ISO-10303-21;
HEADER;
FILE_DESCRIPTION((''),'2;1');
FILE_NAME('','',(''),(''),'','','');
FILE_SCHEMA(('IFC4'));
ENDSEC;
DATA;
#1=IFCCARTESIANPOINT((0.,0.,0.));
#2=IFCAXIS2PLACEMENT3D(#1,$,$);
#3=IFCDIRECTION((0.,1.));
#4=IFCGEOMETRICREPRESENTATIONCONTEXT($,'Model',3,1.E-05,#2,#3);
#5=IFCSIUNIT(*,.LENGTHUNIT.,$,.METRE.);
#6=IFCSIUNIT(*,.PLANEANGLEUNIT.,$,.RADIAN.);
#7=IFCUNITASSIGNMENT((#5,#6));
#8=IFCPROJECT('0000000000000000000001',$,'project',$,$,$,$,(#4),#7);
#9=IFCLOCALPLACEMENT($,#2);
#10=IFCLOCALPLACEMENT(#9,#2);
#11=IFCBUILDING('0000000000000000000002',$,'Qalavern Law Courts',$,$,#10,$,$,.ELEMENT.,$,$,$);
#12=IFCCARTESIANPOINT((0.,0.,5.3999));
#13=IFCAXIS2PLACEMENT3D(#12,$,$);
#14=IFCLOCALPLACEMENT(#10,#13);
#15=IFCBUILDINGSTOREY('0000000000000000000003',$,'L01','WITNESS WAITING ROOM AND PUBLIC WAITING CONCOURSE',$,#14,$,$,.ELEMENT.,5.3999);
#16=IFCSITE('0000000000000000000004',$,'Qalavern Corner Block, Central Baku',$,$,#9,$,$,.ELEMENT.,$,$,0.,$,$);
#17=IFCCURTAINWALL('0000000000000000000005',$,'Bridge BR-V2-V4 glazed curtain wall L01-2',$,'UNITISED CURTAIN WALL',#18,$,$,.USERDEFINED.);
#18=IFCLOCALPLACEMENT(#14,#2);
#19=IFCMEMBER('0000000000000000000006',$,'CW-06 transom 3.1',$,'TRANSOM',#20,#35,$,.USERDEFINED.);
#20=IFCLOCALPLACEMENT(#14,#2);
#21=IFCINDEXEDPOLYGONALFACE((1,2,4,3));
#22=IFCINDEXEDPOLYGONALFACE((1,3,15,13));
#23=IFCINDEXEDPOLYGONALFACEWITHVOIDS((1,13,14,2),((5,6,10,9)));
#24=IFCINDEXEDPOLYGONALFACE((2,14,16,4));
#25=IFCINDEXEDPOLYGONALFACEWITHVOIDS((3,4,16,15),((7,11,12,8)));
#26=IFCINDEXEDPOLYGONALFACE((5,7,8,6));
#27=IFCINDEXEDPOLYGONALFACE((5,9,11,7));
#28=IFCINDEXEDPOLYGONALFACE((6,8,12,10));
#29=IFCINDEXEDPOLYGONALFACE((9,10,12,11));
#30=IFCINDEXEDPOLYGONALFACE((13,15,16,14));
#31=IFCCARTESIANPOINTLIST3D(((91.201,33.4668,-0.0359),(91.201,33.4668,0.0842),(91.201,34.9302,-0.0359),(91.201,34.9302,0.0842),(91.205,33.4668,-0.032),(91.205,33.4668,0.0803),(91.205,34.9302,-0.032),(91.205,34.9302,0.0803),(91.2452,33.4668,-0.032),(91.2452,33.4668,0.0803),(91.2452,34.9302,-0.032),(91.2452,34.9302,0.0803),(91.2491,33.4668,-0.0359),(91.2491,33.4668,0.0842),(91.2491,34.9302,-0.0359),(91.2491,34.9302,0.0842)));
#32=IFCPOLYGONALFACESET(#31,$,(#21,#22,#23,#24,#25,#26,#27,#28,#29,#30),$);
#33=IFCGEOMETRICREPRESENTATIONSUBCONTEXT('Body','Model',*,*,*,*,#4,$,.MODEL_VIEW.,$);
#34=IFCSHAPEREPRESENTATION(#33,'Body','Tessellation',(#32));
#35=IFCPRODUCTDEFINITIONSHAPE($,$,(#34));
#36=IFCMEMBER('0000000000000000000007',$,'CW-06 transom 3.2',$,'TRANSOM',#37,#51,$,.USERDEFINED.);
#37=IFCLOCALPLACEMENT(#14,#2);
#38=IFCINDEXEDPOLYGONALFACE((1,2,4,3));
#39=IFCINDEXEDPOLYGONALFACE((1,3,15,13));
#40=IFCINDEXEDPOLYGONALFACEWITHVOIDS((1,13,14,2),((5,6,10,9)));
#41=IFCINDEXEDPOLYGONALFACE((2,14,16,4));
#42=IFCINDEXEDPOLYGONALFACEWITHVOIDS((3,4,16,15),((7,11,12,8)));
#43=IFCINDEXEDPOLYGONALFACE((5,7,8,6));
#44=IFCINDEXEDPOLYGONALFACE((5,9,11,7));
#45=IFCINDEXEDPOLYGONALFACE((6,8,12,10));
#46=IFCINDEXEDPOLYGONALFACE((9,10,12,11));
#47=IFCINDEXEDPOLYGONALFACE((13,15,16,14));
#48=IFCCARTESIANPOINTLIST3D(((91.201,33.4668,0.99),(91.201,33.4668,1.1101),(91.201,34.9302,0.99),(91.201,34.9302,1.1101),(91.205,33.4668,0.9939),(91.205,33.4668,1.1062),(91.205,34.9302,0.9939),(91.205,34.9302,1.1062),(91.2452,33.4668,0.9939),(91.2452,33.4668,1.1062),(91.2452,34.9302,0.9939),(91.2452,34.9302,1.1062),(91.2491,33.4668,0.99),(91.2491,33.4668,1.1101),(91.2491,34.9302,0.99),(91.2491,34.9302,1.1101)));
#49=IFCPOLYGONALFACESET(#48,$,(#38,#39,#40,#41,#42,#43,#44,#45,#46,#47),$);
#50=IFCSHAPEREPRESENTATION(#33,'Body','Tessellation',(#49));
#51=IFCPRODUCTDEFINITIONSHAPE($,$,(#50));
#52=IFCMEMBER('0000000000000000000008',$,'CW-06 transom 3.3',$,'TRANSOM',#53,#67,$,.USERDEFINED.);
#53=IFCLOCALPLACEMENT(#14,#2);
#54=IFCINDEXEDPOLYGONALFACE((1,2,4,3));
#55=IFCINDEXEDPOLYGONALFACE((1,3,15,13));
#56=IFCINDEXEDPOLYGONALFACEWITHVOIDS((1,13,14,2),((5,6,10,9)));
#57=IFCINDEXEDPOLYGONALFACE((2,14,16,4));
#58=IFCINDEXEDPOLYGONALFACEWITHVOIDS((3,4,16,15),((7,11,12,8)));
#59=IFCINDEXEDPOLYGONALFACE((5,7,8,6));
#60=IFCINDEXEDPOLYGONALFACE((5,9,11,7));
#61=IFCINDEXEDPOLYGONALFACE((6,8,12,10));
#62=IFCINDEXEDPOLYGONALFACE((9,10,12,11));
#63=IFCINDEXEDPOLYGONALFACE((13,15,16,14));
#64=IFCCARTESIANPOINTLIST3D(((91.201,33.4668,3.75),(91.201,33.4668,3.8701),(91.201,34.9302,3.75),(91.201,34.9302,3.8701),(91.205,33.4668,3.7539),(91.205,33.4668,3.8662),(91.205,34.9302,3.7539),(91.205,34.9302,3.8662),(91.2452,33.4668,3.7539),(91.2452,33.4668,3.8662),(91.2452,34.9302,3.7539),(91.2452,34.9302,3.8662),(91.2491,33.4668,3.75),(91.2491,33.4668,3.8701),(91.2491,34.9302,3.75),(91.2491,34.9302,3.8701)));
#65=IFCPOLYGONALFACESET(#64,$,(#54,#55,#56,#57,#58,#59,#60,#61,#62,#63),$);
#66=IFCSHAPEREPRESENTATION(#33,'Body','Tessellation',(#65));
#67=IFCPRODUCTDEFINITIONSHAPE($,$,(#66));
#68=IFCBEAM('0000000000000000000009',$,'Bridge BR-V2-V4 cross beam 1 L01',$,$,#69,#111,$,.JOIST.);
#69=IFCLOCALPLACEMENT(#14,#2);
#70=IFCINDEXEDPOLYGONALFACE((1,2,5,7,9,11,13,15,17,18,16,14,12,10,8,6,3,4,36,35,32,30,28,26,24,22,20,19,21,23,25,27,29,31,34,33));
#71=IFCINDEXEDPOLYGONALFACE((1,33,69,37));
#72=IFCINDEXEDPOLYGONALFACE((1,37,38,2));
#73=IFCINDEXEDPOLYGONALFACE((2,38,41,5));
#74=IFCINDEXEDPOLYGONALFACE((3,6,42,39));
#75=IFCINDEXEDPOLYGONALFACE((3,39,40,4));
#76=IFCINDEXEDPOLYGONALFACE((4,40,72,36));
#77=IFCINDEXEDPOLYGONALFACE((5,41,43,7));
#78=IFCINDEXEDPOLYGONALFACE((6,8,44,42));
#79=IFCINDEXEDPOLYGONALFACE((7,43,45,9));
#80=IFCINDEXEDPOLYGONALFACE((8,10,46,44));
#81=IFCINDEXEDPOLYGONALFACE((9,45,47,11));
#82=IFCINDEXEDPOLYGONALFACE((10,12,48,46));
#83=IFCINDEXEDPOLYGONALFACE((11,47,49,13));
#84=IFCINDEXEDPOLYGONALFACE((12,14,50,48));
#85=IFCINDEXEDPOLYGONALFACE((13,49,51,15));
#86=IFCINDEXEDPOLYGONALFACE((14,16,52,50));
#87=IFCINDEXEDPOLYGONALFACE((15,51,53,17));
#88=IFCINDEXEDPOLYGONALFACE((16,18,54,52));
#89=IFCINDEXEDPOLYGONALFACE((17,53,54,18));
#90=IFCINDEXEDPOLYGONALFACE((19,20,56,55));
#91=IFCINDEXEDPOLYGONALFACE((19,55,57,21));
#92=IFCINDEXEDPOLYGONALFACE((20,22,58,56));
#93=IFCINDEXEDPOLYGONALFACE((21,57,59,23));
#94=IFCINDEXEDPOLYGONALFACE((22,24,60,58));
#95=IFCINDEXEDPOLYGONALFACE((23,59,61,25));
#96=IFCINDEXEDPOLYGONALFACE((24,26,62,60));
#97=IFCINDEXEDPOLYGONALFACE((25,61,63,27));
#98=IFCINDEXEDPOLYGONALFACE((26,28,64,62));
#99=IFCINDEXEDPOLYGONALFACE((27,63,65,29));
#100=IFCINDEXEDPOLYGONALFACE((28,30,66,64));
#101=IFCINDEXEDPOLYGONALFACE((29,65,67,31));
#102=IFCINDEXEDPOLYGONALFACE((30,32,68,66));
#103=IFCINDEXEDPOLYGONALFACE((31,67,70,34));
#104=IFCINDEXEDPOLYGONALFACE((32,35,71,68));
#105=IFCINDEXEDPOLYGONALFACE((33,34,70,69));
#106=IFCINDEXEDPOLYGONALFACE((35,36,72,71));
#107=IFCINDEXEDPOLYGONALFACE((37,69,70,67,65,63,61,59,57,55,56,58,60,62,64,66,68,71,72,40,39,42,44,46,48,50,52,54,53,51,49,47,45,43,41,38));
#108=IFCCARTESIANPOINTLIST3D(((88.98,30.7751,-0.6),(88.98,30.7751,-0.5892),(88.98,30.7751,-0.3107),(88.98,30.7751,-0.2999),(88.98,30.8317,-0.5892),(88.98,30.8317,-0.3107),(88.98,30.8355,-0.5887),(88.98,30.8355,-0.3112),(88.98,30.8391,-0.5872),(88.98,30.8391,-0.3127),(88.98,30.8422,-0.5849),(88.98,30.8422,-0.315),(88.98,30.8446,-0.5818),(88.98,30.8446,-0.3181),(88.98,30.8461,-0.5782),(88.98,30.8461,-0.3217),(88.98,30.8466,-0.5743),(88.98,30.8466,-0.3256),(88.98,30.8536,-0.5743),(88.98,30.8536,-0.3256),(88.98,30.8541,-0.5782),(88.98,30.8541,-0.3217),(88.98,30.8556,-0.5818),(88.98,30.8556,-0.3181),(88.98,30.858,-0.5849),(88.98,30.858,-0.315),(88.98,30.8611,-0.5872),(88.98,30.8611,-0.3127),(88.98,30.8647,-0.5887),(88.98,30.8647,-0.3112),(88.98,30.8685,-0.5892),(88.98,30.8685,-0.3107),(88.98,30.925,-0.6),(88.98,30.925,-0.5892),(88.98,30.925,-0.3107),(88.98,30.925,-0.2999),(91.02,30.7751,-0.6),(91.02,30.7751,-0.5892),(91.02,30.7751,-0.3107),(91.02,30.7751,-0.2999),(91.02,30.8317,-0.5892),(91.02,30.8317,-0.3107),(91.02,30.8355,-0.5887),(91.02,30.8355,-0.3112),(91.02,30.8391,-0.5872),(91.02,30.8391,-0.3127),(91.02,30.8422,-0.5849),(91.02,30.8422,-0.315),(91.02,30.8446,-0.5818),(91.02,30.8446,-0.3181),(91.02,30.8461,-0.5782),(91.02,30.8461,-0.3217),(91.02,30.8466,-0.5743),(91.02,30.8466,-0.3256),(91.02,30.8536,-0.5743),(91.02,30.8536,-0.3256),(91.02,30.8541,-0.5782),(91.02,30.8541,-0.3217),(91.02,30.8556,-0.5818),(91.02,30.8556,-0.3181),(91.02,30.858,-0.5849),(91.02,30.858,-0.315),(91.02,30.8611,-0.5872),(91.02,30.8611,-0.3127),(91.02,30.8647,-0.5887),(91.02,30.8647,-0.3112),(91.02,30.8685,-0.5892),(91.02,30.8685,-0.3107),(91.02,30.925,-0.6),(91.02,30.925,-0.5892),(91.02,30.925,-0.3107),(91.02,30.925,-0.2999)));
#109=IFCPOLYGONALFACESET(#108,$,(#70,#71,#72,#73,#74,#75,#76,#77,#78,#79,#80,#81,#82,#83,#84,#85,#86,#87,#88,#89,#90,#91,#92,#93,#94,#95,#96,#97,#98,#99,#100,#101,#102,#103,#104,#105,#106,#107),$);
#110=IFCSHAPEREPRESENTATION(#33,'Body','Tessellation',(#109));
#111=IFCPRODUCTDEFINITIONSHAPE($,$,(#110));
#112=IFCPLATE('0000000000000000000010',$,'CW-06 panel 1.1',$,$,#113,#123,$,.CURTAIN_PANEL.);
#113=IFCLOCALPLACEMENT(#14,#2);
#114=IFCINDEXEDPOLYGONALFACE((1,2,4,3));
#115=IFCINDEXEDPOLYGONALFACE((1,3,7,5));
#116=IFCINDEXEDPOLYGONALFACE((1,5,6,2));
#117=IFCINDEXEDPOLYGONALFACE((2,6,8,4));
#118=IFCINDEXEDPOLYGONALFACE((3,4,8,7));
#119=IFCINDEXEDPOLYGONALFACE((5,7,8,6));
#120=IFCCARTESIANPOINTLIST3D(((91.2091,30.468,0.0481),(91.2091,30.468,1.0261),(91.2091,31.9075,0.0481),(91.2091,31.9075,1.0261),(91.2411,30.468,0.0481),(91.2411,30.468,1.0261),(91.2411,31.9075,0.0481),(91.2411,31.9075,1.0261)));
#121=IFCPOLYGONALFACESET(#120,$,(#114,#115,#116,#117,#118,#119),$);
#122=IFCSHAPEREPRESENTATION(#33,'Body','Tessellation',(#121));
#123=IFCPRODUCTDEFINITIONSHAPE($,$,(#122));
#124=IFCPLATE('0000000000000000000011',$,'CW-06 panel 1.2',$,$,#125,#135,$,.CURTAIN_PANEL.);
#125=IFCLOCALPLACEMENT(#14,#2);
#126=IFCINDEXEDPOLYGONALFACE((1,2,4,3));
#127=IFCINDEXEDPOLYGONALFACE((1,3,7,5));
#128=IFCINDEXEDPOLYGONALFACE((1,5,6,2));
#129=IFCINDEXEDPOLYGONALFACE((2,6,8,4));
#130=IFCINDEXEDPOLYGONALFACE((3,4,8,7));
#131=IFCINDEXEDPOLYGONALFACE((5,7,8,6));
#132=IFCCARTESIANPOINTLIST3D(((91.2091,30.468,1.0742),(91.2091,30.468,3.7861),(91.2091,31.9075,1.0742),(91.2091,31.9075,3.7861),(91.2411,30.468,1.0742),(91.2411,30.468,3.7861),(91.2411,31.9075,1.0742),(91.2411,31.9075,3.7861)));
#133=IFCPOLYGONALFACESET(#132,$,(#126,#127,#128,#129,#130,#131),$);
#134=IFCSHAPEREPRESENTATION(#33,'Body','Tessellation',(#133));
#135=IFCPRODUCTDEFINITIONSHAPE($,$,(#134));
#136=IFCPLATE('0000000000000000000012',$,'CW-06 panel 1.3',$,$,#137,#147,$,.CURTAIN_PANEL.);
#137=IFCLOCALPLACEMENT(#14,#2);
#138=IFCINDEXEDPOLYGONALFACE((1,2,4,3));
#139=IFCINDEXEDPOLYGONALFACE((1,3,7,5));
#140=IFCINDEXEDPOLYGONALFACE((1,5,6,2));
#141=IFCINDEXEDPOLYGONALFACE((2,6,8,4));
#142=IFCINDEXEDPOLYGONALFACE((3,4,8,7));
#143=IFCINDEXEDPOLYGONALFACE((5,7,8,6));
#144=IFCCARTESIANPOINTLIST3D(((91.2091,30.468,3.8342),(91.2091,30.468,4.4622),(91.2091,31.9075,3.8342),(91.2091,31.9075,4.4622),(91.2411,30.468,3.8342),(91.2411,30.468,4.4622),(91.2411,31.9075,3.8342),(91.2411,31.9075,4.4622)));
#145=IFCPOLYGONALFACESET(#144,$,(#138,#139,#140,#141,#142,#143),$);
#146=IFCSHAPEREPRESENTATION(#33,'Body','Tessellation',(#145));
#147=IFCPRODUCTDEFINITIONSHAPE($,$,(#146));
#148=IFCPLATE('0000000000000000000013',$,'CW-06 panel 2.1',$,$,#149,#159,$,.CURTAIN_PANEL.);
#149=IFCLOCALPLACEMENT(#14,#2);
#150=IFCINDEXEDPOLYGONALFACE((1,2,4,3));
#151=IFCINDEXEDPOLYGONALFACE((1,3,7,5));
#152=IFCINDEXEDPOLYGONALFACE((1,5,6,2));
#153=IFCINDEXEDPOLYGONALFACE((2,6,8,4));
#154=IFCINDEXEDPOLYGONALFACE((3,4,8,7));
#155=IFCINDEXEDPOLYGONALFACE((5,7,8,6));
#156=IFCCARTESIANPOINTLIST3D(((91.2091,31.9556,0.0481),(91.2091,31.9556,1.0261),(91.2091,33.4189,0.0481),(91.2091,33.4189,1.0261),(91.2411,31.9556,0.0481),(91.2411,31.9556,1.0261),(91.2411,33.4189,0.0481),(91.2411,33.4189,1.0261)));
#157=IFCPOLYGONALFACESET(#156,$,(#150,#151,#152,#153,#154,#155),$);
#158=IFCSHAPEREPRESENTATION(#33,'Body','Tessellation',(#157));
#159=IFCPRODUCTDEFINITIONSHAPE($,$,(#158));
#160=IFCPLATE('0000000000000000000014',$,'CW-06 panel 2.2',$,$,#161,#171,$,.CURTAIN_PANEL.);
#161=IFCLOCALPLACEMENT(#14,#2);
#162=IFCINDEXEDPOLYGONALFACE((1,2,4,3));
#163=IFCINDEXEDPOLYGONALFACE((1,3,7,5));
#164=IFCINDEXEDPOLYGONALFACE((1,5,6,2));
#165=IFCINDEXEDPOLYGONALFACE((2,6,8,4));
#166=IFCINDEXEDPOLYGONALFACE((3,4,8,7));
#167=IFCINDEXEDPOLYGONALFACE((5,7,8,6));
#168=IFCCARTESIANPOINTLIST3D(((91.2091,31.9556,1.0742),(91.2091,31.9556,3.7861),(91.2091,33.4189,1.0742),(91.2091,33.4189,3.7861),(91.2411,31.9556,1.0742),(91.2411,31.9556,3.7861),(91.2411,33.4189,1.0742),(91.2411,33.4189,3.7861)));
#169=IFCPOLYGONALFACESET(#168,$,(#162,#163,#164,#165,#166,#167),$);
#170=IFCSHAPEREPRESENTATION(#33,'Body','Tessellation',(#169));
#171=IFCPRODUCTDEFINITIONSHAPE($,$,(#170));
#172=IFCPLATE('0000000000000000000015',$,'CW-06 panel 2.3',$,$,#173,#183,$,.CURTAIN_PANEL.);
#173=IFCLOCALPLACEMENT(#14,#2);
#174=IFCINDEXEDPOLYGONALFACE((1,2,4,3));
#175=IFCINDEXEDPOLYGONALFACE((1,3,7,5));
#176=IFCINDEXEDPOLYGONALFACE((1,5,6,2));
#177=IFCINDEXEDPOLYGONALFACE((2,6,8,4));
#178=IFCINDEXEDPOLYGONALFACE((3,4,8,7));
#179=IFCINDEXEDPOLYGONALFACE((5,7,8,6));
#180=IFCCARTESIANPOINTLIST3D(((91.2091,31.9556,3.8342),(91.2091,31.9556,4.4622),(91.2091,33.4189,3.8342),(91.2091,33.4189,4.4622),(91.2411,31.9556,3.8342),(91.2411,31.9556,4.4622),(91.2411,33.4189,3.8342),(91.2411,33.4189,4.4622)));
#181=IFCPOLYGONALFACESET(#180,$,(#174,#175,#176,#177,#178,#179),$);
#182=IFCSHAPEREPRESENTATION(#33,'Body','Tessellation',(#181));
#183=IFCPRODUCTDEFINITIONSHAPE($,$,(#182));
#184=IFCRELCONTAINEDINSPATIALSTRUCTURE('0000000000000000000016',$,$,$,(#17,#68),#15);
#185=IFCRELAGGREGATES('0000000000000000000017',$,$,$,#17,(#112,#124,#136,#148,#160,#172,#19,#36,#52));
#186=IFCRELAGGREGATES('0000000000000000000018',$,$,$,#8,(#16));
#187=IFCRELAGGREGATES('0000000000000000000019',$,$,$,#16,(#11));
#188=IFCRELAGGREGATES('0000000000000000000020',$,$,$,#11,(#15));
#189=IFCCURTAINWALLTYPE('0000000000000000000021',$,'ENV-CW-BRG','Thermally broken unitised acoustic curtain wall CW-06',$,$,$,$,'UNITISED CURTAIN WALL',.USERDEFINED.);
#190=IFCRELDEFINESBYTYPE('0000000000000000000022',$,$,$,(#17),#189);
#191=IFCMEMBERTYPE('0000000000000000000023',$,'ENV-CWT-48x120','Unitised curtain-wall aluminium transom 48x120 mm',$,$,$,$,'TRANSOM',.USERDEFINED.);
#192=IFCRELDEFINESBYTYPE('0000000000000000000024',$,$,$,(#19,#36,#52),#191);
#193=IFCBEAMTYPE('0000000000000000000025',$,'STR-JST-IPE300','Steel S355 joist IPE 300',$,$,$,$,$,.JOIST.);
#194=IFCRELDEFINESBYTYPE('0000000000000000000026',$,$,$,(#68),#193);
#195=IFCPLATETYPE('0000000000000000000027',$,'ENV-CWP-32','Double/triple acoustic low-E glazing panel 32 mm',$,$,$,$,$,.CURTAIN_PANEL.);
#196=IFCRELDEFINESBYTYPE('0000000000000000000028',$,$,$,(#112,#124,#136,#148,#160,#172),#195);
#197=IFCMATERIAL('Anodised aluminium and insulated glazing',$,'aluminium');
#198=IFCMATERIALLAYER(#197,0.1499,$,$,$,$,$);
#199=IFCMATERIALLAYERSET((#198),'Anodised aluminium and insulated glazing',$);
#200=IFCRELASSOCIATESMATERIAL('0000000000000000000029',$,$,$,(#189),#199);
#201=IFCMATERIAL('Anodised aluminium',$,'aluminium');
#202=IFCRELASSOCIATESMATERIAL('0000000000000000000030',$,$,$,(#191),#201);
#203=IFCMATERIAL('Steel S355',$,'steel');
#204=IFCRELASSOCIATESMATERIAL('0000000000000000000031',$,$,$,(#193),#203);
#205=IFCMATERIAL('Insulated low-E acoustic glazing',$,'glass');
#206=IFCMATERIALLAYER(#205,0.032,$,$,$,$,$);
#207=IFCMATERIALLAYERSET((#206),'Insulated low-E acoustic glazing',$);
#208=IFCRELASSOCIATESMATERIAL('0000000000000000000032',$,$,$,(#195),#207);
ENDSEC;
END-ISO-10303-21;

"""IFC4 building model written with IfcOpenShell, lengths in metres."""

from ifc_helpers import new_model, si_unit, direction, frame, origin, origin_2d, place, context, subcontext, project, spatial, rectangle, hollow_rectangle, i_section, extrude, material, layer, layer_set, material_profile, profile_set, type_object, element, aggregate, save


model = new_model("IFC4")

# Units and contexts
model_context = context("Model", 3, precision=1e-05, world=origin(), true_north=direction((0.0, 1.0)))
body_context = subcontext(model_context, "Body", "Model", "MODEL_VIEW")
ifc_project = project(units=[si_unit("LENGTHUNIT", "METRE"), si_unit("PLANEANGLEUNIT", "RADIAN")], contexts=[model_context])

# Site, building, storey
site_placement = place(None, origin())
site = spatial("IfcSite", under=ifc_project, at=site_placement, Name="Qalavern Corner Block, Central Baku", CompositionType="ELEMENT", RefElevation=0.0)
building_placement = place(site_placement, origin())
building = spatial("IfcBuilding", under=site, at=building_placement, Name="Qalavern Law Courts", CompositionType="ELEMENT")
storey_placement = place(building_placement, frame((0.0, 0.0, 5.3999)))
storey = spatial("IfcBuildingStorey", under=building, at=storey_placement, Name="L01", Description="WITNESS WAITING ROOM AND PUBLIC WAITING CONCOURSE", CompositionType="ELEMENT", Elevation=5.3999)

# Curtain wall, members
ifc_material_1 = material(Name="Anodised aluminium and insulated glazing", Category="aluminium")
ifc_layer_1 = layer(ifc_material_1, 0.1499)
ifc_layer_set_1 = layer_set([ifc_layer_1], Name="Anodised aluminium and insulated glazing")
curtain_wall_type = type_object("IfcCurtainWallType", Name="ENV-CW-BRG", Description="Thermally broken unitised acoustic curtain wall CW-06", ElementType="UNITISED CURTAIN WALL", PredefinedType="USERDEFINED", material=ifc_layer_set_1)
curtain_wall_placement = place(storey_placement, origin())
curtain_wall = element("IfcCurtainWall", 1, at=curtain_wall_placement, inside=storey, type_object=curtain_wall_type, Name="Bridge BR-V2-V4 glazed curtain wall L01-2", ObjectType="UNITISED CURTAIN WALL", PredefinedType="USERDEFINED")
ifc_material_2 = material(Name="Anodised aluminium", Category="aluminium")
ifc_material_profile_1 = material_profile(ifc_material_2, hollow_rectangle(XDim=0.0481, YDim=0.1201, WallThickness=0.0039, at=origin_2d()), Name="ALU TRANSOM 48x120")
ifc_profile_set_1 = profile_set([ifc_material_profile_1], Name="Anodised aluminium")
member_type_1 = type_object("IfcMemberType", Name="ENV-CWT-48x120", Description="Unitised curtain-wall aluminium transom 48x120 mm", ElementType="TRANSOM", PredefinedType="USERDEFINED", material=ifc_profile_set_1)
member_1_placement = place(storey_placement, frame((91.2251, 33.4668, 0.0242), z_axis=(0.0, 1.0, 0.0), x_axis=(-1.0, 0.0, 0.0)))
member_1 = element("IfcMember", 2, at=member_1_placement, type_object=member_type_1, Name="CW-06 transom 3.1", ObjectType="TRANSOM", PredefinedType="USERDEFINED", context=body_context, shape_type="SweptSolid", body=[
    extrude(hollow_rectangle(XDim=0.0481, YDim=0.1201, WallThickness=0.0039, at=origin_2d()), origin(), (0.0, 0.0, 1.0), 1.4634),
])
member_2_placement = place(storey_placement, frame((91.2251, 33.4668, 1.05), z_axis=(0.0, 1.0, 0.0), x_axis=(-1.0, 0.0, 0.0)))
member_2 = element("IfcMember", 3, at=member_2_placement, type_object=member_type_1, Name="CW-06 transom 3.2", ObjectType="TRANSOM", PredefinedType="USERDEFINED", context=body_context, shape_type="SweptSolid", body=[
    extrude(hollow_rectangle(XDim=0.0481, YDim=0.1201, WallThickness=0.0039, at=origin_2d()), origin(), (0.0, 0.0, 1.0), 1.4634),
])
member_3_placement = place(storey_placement, frame((91.2251, 33.4668, 3.8101), z_axis=(0.0, 1.0, 0.0), x_axis=(-1.0, 0.0, 0.0)))
member_3 = element("IfcMember", 4, at=member_3_placement, type_object=member_type_1, Name="CW-06 transom 3.3", ObjectType="TRANSOM", PredefinedType="USERDEFINED", context=body_context, shape_type="SweptSolid", body=[
    extrude(hollow_rectangle(XDim=0.0481, YDim=0.1201, WallThickness=0.0039, at=origin_2d()), origin(), (0.0, 0.0, 1.0), 1.4634),
])

# Beam
ifc_material_3 = material(Name="Steel S355", Category="steel")
ifc_material_profile_2 = material_profile(ifc_material_3, i_section(OverallWidth=0.1499, OverallDepth=0.3, WebThickness=0.0071, FlangeThickness=0.0107, FilletRadius=0.0149, at=origin_2d()), Name="IPE 300")
ifc_profile_set_2 = profile_set([ifc_material_profile_2], Name="Steel S355")
beam_type = type_object("IfcBeamType", Name="STR-JST-IPE300", Description="Steel S355 joist IPE 300", PredefinedType="JOIST", material=ifc_profile_set_2)
beam_placement = place(storey_placement, frame((88.98, 30.8501, -0.45), z_axis=(1.0, 0.0, 0.0), x_axis=(0.0, 1.0, 0.0)))
element("IfcBeam", 5, at=beam_placement, inside=storey, type_object=beam_type, Name="Bridge BR-V2-V4 cross beam 1 L01", PredefinedType="JOIST", context=body_context, shape_type="SweptSolid", body=[
    extrude(i_section(OverallWidth=0.1499, OverallDepth=0.3, WebThickness=0.0071, FlangeThickness=0.0107, FilletRadius=0.0149, at=origin_2d()), origin(), (0.0, 0.0, 1.0), 2.04),
])

# Plates
ifc_material_4 = material(Name="Insulated low-E acoustic glazing", Category="glass")
ifc_layer_2 = layer(ifc_material_4, 0.032)
ifc_layer_set_2 = layer_set([ifc_layer_2], Name="Insulated low-E acoustic glazing")
plate_type = type_object("IfcPlateType", Name="ENV-CWP-32", Description="Double/triple acoustic low-E glazing panel 32 mm", PredefinedType="CURTAIN_PANEL", material=ifc_layer_set_2)
plate_1_placement = place(storey_placement, frame((91.2251, 31.1877, 0.0481), z_axis=(0.0, 0.0, 1.0), x_axis=(0.0, 1.0, 0.0)))
plate_1 = element("IfcPlate", 6, at=plate_1_placement, type_object=plate_type, Name="CW-06 panel 1.1", PredefinedType="CURTAIN_PANEL", context=body_context, shape_type="SweptSolid", body=[
    extrude(rectangle(XDim=1.4395, YDim=0.032, at=origin_2d()), origin(), (0.0, 0.0, 1.0), 0.978),
])
plate_2_placement = place(storey_placement, frame((91.2251, 31.1877, 1.0742), z_axis=(0.0, 0.0, 1.0), x_axis=(0.0, 1.0, 0.0)))
plate_2 = element("IfcPlate", 7, at=plate_2_placement, type_object=plate_type, Name="CW-06 panel 1.2", PredefinedType="CURTAIN_PANEL", context=body_context, shape_type="SweptSolid", body=[
    extrude(rectangle(XDim=1.4395, YDim=0.032, at=origin_2d()), origin(), (0.0, 0.0, 1.0), 2.7119),
])
plate_3_placement = place(storey_placement, frame((91.2251, 31.1877, 3.8342), z_axis=(0.0, 0.0, 1.0), x_axis=(0.0, 1.0, 0.0)))
plate_3 = element("IfcPlate", 8, at=plate_3_placement, type_object=plate_type, Name="CW-06 panel 1.3", PredefinedType="CURTAIN_PANEL", context=body_context, shape_type="SweptSolid", body=[
    extrude(rectangle(XDim=1.4395, YDim=0.032, at=origin_2d()), origin(), (0.0, 0.0, 1.0), 0.6279),
])
plate_4_placement = place(storey_placement, frame((91.2251, 32.6873, 0.0481), z_axis=(0.0, 0.0, 1.0), x_axis=(0.0, 1.0, 0.0)))
plate_4 = element("IfcPlate", 9, at=plate_4_placement, type_object=plate_type, Name="CW-06 panel 2.1", PredefinedType="CURTAIN_PANEL", context=body_context, shape_type="SweptSolid", body=[
    extrude(rectangle(XDim=1.4634, YDim=0.032, at=origin_2d()), origin(), (0.0, 0.0, 1.0), 0.978),
])
plate_5_placement = place(storey_placement, frame((91.2251, 32.6873, 1.0742), z_axis=(0.0, 0.0, 1.0), x_axis=(0.0, 1.0, 0.0)))
plate_5 = element("IfcPlate", 10, at=plate_5_placement, type_object=plate_type, Name="CW-06 panel 2.2", PredefinedType="CURTAIN_PANEL", context=body_context, shape_type="SweptSolid", body=[
    extrude(rectangle(XDim=1.4634, YDim=0.032, at=origin_2d()), origin(), (0.0, 0.0, 1.0), 2.7119),
])
plate_6_placement = place(storey_placement, frame((91.2251, 32.6873, 3.8342), z_axis=(0.0, 0.0, 1.0), x_axis=(0.0, 1.0, 0.0)))
plate_6 = element("IfcPlate", 11, at=plate_6_placement, type_object=plate_type, Name="CW-06 panel 2.3", PredefinedType="CURTAIN_PANEL", context=body_context, shape_type="SweptSolid", body=[
    extrude(rectangle(XDim=1.4634, YDim=0.032, at=origin_2d()), origin(), (0.0, 0.0, 1.0), 0.6279),
])
aggregate(curtain_wall, [plate_1, plate_2, plate_3, plate_4, plate_5, plate_6, member_1, member_2, member_3])

save(model, "model.ifc")
